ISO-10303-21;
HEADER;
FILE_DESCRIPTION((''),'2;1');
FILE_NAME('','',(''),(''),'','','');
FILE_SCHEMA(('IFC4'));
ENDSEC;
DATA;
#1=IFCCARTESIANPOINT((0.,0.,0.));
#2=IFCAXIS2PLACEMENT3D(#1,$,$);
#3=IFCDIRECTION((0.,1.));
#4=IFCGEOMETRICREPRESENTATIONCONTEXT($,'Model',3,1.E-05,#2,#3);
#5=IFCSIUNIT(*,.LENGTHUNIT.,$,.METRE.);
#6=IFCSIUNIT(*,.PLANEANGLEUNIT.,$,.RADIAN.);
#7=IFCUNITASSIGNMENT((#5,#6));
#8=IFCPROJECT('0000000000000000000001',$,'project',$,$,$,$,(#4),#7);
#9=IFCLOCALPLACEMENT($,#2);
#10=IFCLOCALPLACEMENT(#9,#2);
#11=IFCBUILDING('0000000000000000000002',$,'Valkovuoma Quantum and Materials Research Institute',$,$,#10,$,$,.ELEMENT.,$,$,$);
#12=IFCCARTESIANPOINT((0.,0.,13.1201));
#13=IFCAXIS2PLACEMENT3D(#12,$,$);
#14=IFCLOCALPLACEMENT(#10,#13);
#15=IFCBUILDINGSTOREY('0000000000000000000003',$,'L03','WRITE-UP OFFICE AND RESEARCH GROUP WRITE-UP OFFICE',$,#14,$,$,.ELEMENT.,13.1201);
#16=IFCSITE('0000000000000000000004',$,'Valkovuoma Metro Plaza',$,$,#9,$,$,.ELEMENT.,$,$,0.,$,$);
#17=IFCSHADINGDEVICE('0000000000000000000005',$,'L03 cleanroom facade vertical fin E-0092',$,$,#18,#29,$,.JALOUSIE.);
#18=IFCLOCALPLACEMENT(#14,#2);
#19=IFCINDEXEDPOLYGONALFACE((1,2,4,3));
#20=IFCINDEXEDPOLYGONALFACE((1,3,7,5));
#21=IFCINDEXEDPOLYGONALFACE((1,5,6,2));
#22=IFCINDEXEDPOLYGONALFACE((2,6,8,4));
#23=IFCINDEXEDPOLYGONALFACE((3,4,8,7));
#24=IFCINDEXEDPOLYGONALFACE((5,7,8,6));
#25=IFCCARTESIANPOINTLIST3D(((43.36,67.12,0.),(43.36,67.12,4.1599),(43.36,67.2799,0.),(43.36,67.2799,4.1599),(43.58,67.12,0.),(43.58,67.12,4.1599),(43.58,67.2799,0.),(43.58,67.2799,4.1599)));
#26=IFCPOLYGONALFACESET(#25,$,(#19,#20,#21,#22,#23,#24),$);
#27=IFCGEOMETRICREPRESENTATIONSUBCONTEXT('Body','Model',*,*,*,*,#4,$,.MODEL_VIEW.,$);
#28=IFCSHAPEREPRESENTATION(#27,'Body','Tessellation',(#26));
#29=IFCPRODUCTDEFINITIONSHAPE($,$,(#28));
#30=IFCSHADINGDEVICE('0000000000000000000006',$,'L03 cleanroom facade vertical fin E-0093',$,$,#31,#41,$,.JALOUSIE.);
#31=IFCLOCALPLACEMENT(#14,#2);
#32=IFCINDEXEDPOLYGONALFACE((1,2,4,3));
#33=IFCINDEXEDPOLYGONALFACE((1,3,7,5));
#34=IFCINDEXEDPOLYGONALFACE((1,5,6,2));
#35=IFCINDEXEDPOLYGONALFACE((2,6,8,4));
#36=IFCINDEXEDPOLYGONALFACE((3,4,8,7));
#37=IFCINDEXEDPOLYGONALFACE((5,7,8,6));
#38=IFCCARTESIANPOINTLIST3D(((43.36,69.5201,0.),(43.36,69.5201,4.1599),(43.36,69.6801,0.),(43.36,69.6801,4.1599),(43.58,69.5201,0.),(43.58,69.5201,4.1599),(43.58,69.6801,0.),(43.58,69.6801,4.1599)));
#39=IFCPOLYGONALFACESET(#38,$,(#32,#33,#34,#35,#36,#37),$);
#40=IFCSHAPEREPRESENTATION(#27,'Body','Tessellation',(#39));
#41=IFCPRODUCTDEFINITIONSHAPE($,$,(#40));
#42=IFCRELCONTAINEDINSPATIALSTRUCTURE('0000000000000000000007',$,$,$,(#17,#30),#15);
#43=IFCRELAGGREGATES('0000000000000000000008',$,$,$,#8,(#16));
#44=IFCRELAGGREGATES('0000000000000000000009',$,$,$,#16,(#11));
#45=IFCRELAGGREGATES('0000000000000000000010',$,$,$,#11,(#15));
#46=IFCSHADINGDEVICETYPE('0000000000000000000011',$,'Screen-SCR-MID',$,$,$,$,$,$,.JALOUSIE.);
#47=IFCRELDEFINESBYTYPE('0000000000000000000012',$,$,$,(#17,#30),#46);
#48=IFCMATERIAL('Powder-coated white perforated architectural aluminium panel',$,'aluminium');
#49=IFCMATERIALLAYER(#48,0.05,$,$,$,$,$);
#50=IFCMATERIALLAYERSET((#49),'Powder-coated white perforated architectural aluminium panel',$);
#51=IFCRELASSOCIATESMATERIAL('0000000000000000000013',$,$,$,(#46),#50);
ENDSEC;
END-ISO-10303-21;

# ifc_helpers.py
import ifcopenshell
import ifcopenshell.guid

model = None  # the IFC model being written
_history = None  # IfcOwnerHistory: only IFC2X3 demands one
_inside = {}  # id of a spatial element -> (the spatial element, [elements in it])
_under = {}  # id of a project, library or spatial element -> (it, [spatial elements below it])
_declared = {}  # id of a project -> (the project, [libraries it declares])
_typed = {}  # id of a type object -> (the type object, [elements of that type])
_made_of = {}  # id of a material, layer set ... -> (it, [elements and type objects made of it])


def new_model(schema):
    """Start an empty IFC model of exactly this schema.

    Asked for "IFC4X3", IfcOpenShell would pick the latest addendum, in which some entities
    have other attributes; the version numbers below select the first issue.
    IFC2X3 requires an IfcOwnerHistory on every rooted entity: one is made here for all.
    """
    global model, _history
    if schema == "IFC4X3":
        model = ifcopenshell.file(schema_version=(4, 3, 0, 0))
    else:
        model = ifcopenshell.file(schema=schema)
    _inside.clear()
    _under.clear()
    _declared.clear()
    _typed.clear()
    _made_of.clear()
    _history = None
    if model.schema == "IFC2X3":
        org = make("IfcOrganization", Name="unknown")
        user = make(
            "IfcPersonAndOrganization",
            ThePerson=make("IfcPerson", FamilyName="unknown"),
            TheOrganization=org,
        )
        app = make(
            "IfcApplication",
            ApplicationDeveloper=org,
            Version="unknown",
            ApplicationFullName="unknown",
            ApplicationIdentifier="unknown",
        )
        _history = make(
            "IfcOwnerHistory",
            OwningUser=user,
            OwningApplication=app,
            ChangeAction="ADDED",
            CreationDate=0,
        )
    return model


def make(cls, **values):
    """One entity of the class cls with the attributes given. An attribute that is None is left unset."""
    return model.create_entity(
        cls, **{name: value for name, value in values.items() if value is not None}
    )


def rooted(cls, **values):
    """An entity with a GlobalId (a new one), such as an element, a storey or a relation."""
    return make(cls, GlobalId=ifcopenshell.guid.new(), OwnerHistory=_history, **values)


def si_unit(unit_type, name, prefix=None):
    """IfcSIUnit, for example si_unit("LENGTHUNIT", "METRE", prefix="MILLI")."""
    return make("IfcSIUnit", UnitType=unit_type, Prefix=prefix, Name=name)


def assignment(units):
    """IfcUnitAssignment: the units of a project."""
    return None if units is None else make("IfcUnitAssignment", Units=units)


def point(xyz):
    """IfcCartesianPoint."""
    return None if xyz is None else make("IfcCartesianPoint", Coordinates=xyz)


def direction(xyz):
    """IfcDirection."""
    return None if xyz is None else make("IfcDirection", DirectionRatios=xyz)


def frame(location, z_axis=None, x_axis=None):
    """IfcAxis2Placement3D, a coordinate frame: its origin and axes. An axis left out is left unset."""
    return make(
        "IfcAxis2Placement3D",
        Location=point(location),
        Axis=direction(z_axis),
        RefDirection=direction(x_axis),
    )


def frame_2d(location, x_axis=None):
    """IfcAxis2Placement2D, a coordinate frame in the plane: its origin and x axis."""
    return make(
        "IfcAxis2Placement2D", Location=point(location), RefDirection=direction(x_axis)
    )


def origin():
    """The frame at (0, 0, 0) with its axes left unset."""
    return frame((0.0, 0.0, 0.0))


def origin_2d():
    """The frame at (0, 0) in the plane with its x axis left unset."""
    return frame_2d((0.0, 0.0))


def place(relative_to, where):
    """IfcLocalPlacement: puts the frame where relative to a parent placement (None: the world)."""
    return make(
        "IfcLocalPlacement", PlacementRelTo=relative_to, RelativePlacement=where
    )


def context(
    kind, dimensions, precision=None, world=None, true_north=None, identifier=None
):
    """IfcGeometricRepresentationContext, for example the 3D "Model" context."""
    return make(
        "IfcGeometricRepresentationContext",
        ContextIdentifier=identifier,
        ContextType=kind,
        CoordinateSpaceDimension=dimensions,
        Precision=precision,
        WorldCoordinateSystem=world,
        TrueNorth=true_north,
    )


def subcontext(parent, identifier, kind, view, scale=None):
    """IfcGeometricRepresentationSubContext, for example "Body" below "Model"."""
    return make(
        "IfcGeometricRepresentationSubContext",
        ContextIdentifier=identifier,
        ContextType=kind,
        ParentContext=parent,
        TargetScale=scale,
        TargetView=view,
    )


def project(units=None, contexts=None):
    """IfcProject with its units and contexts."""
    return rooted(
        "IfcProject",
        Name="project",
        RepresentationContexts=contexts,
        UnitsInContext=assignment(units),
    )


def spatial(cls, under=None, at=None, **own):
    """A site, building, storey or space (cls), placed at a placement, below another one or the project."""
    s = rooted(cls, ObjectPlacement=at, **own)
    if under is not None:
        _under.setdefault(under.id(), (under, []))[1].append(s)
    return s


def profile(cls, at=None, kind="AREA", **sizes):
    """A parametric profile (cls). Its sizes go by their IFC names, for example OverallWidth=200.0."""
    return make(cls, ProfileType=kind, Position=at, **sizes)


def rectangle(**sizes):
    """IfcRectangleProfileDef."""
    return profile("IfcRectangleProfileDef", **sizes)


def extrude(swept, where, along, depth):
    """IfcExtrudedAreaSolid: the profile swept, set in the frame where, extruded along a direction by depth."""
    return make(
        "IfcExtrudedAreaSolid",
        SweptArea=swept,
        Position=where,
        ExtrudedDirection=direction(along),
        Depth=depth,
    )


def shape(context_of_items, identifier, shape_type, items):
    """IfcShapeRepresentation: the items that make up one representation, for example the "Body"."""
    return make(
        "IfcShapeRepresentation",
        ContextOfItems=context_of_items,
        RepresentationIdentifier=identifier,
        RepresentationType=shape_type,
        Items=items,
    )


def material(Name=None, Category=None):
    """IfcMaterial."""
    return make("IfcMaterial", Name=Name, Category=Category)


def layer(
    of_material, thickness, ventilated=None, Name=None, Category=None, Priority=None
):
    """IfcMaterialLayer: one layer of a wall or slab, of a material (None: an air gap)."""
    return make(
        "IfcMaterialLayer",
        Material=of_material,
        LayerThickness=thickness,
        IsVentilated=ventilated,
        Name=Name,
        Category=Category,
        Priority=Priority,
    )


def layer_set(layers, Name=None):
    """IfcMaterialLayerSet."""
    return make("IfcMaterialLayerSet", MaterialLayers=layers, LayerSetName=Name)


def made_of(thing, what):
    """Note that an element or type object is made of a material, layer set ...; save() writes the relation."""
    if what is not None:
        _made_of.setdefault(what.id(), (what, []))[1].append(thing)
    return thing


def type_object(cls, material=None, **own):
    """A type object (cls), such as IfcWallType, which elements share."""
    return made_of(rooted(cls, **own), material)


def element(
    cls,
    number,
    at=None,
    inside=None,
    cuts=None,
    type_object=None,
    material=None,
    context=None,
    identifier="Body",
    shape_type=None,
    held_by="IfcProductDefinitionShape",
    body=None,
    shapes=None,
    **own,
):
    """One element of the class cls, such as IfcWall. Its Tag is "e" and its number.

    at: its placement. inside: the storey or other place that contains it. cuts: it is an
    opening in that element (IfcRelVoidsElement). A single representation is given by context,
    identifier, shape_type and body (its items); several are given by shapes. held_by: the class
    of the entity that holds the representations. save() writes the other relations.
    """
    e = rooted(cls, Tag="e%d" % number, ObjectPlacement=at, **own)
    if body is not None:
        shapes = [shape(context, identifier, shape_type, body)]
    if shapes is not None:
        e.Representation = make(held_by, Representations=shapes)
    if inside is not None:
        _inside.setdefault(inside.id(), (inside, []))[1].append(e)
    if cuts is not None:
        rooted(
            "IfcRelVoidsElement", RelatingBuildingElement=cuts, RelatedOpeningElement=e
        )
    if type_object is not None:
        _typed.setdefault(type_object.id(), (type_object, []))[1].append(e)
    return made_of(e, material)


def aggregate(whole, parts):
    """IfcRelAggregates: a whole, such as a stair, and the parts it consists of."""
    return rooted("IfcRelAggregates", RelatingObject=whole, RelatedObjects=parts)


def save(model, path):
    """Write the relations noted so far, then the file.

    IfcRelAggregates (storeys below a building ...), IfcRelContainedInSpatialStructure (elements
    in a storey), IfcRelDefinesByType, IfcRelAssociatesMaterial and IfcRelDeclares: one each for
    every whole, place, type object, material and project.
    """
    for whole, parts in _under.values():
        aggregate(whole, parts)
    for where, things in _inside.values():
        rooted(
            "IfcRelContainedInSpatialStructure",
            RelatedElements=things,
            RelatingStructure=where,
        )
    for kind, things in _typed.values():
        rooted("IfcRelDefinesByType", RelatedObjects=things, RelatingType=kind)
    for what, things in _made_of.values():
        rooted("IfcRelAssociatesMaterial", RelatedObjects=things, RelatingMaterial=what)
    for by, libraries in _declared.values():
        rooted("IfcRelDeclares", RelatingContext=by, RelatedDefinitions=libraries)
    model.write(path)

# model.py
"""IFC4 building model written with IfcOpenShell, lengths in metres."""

from ifc_helpers import new_model, si_unit, direction, frame, origin, origin_2d, place, context, subcontext, project, spatial, rectangle, extrude, material, layer, layer_set, type_object, element, save


model = new_model("IFC4")

# Units and contexts
model_context = context("Model", 3, precision=1e-05, world=origin(), true_north=direction((0.0, 1.0)))
body_context = subcontext(model_context, "Body", "Model", "MODEL_VIEW")
ifc_project = project(units=[si_unit("LENGTHUNIT", "METRE"), si_unit("PLANEANGLEUNIT", "RADIAN")], contexts=[model_context])

# Site, building, storey
site_placement = place(None, origin())
site = spatial("IfcSite", under=ifc_project, at=site_placement, Name="Valkovuoma Metro Plaza", CompositionType="ELEMENT", RefElevation=0.0)
building_placement = place(site_placement, origin())
building = spatial("IfcBuilding", under=site, at=building_placement, Name="Valkovuoma Quantum and Materials Research Institute", CompositionType="ELEMENT")
storey_placement = place(building_placement, frame((0.0, 0.0, 13.1201)))
storey = spatial("IfcBuildingStorey", under=building, at=storey_placement, Name="L03", Description="WRITE-UP OFFICE AND RESEARCH GROUP WRITE-UP OFFICE", CompositionType="ELEMENT", Elevation=13.1201)

# Shading devices
ifc_material_1 = material(Name="Powder-coated white perforated architectural aluminium panel", Category="aluminium")
ifc_layer_1 = layer(ifc_material_1, 0.05)
ifc_layer_set_1 = layer_set([ifc_layer_1], Name="Powder-coated white perforated architectural aluminium panel")
shading_device_type = type_object("IfcShadingDeviceType", Name="Screen-SCR-MID", PredefinedType="JALOUSIE", material=ifc_layer_set_1)
for number, where, z_axis, x_axis, name in (
    (1, (43.47, 67.2, 0.0), (0.0, 0.0, 1.0), (1.0, 0.0, 0.0), "L03 cleanroom facade vertical fin E-0092"),
    (2, (43.47, 69.6001, 0.0), (0.0, 0.0, 1.0), (1.0, 0.0, 0.0), "L03 cleanroom facade vertical fin E-0093"),
):
    element("IfcShadingDevice", number, at=place(storey_placement, frame(where, z_axis=z_axis, x_axis=x_axis)), inside=storey, type_object=shading_device_type, Name=name, PredefinedType="JALOUSIE", context=body_context, shape_type="SweptSolid", body=[
        extrude(rectangle(XDim=0.22, YDim=0.1599, at=origin_2d()), origin(), (0.0, 0.0, 1.0), 4.1599),
    ])

save(model, "model.ifc")
